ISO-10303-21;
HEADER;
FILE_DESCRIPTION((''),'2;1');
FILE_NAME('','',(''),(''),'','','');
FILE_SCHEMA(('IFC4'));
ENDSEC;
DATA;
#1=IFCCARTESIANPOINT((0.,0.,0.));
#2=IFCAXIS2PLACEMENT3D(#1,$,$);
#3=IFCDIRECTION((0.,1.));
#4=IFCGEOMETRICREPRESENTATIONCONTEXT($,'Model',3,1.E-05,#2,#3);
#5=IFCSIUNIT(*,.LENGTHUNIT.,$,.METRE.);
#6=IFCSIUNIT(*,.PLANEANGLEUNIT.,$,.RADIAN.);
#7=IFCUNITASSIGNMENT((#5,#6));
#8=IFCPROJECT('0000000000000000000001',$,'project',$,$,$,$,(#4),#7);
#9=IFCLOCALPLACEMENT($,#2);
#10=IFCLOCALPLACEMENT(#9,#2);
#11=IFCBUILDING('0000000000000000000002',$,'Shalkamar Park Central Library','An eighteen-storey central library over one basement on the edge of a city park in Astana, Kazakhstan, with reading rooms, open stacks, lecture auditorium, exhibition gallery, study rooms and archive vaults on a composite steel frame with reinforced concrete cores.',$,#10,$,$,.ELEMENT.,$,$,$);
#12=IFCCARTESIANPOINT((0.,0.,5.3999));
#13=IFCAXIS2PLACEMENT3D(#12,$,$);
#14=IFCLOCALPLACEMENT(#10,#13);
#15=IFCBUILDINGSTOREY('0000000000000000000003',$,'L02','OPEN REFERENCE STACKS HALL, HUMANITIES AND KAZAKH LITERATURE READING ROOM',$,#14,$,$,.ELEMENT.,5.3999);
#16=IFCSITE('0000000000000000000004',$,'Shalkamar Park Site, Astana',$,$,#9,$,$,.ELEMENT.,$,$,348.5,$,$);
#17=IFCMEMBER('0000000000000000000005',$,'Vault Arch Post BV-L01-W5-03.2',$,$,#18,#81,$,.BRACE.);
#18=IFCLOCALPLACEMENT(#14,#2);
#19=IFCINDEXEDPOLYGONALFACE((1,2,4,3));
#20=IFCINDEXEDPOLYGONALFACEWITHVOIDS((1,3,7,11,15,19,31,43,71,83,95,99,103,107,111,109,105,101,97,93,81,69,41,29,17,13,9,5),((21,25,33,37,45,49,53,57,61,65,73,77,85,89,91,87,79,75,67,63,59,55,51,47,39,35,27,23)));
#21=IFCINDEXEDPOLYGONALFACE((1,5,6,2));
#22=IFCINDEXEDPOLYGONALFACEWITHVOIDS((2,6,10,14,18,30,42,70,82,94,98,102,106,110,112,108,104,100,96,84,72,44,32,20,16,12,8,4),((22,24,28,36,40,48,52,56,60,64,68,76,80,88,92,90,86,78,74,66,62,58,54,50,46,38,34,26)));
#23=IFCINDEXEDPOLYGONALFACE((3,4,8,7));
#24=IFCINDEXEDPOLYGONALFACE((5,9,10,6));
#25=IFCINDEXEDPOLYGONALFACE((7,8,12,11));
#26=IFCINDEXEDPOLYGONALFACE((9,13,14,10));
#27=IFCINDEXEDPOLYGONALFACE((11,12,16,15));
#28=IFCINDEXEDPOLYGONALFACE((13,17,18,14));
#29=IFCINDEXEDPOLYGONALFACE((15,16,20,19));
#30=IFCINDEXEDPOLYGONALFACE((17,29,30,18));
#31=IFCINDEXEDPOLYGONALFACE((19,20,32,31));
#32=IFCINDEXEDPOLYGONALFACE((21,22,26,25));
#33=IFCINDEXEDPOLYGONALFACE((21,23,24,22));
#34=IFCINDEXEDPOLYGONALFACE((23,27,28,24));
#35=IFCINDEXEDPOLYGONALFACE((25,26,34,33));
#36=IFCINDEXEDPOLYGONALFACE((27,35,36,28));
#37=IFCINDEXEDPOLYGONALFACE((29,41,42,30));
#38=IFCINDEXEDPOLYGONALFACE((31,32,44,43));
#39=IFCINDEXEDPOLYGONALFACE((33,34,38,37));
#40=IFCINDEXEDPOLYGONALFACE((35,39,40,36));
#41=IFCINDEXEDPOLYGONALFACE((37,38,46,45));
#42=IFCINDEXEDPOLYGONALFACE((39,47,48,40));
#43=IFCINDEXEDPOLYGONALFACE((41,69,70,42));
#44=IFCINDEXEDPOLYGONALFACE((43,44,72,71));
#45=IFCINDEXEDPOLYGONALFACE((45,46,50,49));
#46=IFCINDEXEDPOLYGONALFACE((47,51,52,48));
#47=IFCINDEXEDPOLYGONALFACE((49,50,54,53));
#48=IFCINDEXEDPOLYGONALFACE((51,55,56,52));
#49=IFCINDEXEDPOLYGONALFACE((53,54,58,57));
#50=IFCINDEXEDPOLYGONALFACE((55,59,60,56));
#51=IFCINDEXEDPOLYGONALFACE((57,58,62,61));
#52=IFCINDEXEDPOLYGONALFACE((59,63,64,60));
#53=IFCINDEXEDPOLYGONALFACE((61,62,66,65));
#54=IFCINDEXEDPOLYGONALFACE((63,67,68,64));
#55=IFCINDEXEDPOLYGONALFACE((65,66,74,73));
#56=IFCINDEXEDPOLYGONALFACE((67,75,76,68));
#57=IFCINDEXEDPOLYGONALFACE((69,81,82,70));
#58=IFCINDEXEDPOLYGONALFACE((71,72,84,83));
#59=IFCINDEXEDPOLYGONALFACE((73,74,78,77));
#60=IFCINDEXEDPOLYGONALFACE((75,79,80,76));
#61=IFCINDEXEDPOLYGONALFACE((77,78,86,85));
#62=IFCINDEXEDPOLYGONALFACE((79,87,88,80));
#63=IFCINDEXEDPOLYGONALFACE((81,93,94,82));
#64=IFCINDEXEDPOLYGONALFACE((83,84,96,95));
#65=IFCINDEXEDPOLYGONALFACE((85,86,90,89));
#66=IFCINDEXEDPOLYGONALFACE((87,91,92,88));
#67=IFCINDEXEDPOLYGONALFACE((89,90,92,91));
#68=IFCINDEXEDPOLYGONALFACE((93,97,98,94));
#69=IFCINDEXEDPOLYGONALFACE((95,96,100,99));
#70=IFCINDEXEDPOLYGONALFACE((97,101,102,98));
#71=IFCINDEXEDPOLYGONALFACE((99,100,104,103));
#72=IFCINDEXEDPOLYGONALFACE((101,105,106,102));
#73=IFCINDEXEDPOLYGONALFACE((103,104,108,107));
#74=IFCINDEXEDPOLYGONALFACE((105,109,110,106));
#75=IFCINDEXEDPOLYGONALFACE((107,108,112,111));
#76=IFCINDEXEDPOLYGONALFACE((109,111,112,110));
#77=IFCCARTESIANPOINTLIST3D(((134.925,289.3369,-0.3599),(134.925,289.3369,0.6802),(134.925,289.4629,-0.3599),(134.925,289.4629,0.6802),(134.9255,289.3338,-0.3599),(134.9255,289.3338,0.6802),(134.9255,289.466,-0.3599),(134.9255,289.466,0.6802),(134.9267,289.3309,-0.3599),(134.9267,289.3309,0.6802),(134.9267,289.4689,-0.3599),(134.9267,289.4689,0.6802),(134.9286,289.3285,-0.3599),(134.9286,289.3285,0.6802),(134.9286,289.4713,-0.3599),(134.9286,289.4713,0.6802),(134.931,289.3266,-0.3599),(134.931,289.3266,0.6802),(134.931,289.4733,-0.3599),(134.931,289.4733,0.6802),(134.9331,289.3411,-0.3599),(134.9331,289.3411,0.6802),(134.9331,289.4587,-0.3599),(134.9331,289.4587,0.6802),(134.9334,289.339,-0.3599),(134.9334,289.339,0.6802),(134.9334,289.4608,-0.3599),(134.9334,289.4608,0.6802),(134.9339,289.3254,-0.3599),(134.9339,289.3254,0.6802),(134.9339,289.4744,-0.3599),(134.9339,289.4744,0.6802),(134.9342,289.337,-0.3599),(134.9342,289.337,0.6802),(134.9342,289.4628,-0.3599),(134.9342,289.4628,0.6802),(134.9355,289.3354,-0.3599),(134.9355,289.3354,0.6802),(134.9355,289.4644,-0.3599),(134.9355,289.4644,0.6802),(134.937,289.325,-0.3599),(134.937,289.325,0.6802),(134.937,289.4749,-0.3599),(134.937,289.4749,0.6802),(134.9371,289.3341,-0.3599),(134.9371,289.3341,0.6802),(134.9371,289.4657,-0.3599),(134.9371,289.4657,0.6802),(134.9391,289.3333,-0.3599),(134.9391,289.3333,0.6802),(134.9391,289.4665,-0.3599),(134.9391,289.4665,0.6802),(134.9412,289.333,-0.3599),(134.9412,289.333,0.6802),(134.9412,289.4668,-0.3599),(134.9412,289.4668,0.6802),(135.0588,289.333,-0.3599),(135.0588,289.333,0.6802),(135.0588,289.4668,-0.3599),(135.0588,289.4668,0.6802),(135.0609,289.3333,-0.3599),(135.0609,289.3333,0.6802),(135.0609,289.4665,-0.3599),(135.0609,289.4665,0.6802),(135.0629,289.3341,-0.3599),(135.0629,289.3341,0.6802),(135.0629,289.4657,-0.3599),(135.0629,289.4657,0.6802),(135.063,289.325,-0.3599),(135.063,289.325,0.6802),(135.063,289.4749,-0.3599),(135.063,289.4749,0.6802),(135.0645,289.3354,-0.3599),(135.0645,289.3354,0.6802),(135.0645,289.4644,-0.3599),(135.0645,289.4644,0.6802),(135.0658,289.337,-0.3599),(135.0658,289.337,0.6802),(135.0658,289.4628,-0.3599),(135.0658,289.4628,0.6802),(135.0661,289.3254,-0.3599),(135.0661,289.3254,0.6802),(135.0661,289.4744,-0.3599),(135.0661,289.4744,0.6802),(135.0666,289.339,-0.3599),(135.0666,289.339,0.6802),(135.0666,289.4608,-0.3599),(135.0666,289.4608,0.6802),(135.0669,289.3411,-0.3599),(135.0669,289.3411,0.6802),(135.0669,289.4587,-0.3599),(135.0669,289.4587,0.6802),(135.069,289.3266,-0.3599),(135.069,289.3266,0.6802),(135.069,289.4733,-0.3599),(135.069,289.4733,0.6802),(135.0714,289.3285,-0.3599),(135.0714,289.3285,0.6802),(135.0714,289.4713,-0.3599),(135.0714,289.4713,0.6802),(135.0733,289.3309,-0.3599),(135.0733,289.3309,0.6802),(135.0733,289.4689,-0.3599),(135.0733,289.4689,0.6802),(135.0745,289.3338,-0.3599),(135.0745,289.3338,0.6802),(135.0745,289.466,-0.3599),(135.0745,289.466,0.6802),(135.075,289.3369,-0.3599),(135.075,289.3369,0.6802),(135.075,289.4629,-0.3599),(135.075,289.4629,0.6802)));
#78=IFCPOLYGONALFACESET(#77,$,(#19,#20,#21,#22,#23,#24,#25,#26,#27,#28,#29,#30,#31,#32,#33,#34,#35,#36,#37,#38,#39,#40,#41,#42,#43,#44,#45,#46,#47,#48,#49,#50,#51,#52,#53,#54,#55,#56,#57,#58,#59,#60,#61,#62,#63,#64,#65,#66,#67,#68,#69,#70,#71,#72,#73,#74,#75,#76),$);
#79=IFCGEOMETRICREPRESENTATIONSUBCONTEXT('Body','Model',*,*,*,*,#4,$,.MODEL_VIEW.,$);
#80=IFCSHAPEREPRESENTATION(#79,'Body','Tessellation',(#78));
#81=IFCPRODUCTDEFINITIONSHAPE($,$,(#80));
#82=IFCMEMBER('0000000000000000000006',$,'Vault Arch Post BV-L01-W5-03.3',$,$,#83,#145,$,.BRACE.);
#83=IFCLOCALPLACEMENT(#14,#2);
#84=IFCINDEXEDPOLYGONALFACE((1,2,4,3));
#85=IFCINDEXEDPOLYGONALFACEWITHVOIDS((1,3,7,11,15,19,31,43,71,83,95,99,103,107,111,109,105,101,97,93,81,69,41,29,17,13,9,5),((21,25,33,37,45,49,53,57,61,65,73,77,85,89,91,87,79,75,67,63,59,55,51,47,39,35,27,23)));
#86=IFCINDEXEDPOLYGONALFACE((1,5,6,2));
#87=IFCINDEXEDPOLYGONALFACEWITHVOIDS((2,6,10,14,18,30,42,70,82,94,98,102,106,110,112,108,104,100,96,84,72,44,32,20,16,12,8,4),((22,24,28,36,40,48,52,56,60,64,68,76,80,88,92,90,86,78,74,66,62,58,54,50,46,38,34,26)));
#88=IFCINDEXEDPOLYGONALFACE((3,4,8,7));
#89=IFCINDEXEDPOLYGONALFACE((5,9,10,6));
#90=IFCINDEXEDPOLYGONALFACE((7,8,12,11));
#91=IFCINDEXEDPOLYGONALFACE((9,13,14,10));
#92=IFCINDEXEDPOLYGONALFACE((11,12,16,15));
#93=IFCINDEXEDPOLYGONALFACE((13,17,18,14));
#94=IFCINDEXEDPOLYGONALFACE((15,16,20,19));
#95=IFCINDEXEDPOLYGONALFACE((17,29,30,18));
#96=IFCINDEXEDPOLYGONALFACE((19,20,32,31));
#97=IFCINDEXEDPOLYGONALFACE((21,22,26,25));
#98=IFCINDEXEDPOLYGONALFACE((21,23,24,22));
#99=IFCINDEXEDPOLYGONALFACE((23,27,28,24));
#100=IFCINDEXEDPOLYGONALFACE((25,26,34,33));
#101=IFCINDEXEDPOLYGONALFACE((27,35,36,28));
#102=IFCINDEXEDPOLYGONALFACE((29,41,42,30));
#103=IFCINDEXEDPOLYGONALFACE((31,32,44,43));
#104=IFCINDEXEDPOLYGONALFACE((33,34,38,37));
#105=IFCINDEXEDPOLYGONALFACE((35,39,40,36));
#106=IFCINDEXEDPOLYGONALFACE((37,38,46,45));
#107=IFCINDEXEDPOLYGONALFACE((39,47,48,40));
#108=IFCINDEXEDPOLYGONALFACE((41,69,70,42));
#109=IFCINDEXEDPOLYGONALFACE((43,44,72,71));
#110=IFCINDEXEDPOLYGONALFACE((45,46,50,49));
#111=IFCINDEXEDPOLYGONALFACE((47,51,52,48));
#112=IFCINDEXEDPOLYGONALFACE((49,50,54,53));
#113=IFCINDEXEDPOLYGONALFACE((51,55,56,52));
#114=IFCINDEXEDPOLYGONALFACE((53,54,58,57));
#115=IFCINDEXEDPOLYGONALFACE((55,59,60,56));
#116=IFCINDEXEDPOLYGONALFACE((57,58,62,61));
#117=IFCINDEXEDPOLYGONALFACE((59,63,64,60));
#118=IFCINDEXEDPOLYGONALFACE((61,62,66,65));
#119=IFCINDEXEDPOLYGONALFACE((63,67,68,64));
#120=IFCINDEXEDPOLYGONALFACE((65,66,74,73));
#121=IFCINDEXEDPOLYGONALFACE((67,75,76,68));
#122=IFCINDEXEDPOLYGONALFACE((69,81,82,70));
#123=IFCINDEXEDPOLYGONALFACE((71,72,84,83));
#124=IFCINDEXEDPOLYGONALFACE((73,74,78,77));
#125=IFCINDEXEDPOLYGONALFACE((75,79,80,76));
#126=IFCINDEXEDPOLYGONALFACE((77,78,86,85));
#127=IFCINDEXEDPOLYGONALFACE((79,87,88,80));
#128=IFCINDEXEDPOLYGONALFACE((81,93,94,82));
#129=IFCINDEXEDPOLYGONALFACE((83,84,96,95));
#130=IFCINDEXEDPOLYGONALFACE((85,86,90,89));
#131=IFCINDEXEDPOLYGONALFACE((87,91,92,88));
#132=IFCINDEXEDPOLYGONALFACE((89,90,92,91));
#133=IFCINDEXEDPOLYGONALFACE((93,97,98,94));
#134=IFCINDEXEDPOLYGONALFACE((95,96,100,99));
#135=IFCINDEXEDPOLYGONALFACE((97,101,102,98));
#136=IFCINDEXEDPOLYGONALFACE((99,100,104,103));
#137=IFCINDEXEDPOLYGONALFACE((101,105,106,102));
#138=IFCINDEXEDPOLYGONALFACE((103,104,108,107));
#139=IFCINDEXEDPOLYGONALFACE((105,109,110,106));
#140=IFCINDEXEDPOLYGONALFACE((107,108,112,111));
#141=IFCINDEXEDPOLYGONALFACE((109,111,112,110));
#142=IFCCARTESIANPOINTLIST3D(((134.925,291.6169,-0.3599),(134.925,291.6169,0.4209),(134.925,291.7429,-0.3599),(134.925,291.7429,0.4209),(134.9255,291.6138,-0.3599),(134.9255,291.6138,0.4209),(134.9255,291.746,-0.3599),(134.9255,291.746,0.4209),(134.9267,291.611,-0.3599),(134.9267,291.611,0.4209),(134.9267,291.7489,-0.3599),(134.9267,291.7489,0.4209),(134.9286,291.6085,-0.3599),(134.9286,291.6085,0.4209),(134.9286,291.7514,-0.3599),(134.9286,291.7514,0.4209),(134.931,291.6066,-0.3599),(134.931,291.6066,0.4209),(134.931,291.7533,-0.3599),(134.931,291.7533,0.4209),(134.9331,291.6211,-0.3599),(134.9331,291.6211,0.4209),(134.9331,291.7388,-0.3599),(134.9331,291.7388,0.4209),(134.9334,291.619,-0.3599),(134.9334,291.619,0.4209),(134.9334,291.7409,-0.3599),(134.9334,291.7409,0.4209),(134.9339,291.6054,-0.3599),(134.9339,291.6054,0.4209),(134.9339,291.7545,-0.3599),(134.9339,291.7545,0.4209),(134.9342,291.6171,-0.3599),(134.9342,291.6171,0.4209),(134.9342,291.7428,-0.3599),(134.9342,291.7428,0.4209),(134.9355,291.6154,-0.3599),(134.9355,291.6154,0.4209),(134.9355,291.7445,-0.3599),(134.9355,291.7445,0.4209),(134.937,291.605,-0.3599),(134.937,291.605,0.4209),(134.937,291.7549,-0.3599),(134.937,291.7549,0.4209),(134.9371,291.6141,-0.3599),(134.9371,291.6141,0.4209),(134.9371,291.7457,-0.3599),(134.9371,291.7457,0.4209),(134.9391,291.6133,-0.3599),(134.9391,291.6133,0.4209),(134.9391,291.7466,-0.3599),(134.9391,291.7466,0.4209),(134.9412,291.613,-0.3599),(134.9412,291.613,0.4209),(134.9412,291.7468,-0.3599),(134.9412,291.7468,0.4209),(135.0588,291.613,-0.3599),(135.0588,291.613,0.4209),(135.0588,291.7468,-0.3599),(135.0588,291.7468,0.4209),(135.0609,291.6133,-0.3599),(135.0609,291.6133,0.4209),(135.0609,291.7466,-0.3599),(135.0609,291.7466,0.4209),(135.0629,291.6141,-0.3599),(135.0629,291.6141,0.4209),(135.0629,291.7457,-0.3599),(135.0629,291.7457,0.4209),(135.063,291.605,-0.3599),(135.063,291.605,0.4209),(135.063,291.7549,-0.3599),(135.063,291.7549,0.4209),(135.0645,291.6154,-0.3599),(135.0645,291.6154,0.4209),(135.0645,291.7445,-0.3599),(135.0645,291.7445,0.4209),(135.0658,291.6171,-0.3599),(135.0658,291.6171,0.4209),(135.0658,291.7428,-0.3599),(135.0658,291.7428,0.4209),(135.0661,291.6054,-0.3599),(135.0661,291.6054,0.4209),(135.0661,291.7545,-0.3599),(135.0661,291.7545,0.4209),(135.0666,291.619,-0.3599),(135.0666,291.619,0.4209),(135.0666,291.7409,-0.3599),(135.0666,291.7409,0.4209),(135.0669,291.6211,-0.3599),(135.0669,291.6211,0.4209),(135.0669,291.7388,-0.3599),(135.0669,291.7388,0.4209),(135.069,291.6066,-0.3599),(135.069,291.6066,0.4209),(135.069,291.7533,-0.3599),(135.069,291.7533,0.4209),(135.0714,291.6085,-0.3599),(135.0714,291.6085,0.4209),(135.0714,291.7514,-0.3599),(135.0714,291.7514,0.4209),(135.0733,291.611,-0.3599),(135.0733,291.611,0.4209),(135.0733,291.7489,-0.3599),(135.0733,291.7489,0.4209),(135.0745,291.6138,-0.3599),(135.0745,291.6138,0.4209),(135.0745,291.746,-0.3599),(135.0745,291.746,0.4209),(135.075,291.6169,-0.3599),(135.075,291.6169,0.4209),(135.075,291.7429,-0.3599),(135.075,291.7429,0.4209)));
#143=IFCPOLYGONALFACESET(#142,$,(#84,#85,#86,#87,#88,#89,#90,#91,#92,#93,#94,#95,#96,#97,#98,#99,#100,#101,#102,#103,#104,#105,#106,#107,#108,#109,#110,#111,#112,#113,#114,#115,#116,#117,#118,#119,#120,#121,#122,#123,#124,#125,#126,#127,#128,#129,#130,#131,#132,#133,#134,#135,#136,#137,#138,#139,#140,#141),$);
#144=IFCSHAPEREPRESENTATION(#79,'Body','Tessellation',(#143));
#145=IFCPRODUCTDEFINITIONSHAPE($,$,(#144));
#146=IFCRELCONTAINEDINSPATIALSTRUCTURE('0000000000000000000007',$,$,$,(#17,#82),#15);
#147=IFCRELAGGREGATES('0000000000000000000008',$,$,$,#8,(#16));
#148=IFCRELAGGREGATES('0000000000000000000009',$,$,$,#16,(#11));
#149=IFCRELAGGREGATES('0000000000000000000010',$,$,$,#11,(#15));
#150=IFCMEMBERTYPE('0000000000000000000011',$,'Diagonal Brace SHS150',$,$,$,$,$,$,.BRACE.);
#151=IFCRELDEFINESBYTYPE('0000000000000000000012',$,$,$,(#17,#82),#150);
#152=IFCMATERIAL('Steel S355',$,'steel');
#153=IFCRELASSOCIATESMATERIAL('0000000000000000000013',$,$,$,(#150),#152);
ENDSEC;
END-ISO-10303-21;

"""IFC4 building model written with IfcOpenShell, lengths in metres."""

from ifc_helpers import new_model, si_unit, direction, frame, origin, origin_2d, place, context, subcontext, project, spatial, hollow_rectangle, extrude, material, material_profile, profile_set, type_object, element, save


model = new_model("IFC4")

# Units and contexts
model_context = context("Model", 3, precision=1e-05, world=origin(), true_north=direction((0.0, 1.0)))
body_context = subcontext(model_context, "Body", "Model", "MODEL_VIEW")
ifc_project = project(units=[si_unit("LENGTHUNIT", "METRE"), si_unit("PLANEANGLEUNIT", "RADIAN")], contexts=[model_context])

# Site, building, storey
site_placement = place(None, origin())
site = spatial("IfcSite", under=ifc_project, at=site_placement, Name="Shalkamar Park Site, Astana", CompositionType="ELEMENT", RefElevation=348.5)
building_placement = place(site_placement, origin())
building = spatial("IfcBuilding", under=site, at=building_placement, Name="Shalkamar Park Central Library", Description="An eighteen-storey central library over one basement on the edge of a city park in Astana, Kazakhstan, with reading rooms, open stacks, lecture auditorium, exhibition gallery, study rooms and archive vaults on a composite steel frame with reinforced concrete cores.", CompositionType="ELEMENT")
storey_placement = place(building_placement, frame((0.0, 0.0, 5.3999)))
storey = spatial("IfcBuildingStorey", under=building, at=storey_placement, Name="L02", Description="OPEN REFERENCE STACKS HALL, HUMANITIES AND KAZAKH LITERATURE READING ROOM", CompositionType="ELEMENT", Elevation=5.3999)

# Shared definitions
ifc_material_1 = material(Name="Steel S355", Category="steel")

# Members
ifc_material_profile_1 = material_profile(ifc_material_1, hollow_rectangle(XDim=0.1499, YDim=0.1499, WallThickness=0.0081, InnerFilletRadius=0.0081, OuterFilletRadius=0.012, at=origin_2d()), Name="SHS 150x150x8")
ifc_profile_set_1 = profile_set([ifc_material_profile_1], Name="Steel S355")
member_type_1 = type_object("IfcMemberType", Name="Diagonal Brace SHS150", PredefinedType="BRACE", material=ifc_profile_set_1)
member_1_placement = place(storey_placement, frame((135.0, 289.3999, -0.3599), z_axis=(0.0, 0.0, 1.0), x_axis=(1.0, 0.0, 0.0)))
element("IfcMember", 1, at=member_1_placement, inside=storey, type_object=member_type_1, Name="Vault Arch Post BV-L01-W5-03.2", PredefinedType="BRACE", context=body_context, shape_type="SweptSolid", body=[
    extrude(hollow_rectangle(XDim=0.1499, YDim=0.1499, WallThickness=0.0081, InnerFilletRadius=0.0081, OuterFilletRadius=0.012, at=origin_2d()), origin(), (0.0, 0.0, 1.0), 1.04),
])
for number, where, z_axis, x_axis, name in (
    (2, (135.0, 291.6799, -0.3599), (0.0, 0.0, 1.0), (1.0, 0.0, 0.0), "Vault Arch Post BV-L01-W5-03.3"),
):
    element("IfcMember", number, at=place(storey_placement, frame(where, z_axis=z_axis, x_axis=x_axis)), inside=storey, type_object=member_type_1, Name=name, PredefinedType="BRACE", context=body_context, shape_type="SweptSolid", body=[
        extrude(hollow_rectangle(XDim=0.1499, YDim=0.1499, WallThickness=0.0081, InnerFilletRadius=0.0081, OuterFilletRadius=0.012, at=origin_2d()), origin(), (0.0, 0.0, 1.0), 0.7808),
    ])

save(model, "model.ifc")
